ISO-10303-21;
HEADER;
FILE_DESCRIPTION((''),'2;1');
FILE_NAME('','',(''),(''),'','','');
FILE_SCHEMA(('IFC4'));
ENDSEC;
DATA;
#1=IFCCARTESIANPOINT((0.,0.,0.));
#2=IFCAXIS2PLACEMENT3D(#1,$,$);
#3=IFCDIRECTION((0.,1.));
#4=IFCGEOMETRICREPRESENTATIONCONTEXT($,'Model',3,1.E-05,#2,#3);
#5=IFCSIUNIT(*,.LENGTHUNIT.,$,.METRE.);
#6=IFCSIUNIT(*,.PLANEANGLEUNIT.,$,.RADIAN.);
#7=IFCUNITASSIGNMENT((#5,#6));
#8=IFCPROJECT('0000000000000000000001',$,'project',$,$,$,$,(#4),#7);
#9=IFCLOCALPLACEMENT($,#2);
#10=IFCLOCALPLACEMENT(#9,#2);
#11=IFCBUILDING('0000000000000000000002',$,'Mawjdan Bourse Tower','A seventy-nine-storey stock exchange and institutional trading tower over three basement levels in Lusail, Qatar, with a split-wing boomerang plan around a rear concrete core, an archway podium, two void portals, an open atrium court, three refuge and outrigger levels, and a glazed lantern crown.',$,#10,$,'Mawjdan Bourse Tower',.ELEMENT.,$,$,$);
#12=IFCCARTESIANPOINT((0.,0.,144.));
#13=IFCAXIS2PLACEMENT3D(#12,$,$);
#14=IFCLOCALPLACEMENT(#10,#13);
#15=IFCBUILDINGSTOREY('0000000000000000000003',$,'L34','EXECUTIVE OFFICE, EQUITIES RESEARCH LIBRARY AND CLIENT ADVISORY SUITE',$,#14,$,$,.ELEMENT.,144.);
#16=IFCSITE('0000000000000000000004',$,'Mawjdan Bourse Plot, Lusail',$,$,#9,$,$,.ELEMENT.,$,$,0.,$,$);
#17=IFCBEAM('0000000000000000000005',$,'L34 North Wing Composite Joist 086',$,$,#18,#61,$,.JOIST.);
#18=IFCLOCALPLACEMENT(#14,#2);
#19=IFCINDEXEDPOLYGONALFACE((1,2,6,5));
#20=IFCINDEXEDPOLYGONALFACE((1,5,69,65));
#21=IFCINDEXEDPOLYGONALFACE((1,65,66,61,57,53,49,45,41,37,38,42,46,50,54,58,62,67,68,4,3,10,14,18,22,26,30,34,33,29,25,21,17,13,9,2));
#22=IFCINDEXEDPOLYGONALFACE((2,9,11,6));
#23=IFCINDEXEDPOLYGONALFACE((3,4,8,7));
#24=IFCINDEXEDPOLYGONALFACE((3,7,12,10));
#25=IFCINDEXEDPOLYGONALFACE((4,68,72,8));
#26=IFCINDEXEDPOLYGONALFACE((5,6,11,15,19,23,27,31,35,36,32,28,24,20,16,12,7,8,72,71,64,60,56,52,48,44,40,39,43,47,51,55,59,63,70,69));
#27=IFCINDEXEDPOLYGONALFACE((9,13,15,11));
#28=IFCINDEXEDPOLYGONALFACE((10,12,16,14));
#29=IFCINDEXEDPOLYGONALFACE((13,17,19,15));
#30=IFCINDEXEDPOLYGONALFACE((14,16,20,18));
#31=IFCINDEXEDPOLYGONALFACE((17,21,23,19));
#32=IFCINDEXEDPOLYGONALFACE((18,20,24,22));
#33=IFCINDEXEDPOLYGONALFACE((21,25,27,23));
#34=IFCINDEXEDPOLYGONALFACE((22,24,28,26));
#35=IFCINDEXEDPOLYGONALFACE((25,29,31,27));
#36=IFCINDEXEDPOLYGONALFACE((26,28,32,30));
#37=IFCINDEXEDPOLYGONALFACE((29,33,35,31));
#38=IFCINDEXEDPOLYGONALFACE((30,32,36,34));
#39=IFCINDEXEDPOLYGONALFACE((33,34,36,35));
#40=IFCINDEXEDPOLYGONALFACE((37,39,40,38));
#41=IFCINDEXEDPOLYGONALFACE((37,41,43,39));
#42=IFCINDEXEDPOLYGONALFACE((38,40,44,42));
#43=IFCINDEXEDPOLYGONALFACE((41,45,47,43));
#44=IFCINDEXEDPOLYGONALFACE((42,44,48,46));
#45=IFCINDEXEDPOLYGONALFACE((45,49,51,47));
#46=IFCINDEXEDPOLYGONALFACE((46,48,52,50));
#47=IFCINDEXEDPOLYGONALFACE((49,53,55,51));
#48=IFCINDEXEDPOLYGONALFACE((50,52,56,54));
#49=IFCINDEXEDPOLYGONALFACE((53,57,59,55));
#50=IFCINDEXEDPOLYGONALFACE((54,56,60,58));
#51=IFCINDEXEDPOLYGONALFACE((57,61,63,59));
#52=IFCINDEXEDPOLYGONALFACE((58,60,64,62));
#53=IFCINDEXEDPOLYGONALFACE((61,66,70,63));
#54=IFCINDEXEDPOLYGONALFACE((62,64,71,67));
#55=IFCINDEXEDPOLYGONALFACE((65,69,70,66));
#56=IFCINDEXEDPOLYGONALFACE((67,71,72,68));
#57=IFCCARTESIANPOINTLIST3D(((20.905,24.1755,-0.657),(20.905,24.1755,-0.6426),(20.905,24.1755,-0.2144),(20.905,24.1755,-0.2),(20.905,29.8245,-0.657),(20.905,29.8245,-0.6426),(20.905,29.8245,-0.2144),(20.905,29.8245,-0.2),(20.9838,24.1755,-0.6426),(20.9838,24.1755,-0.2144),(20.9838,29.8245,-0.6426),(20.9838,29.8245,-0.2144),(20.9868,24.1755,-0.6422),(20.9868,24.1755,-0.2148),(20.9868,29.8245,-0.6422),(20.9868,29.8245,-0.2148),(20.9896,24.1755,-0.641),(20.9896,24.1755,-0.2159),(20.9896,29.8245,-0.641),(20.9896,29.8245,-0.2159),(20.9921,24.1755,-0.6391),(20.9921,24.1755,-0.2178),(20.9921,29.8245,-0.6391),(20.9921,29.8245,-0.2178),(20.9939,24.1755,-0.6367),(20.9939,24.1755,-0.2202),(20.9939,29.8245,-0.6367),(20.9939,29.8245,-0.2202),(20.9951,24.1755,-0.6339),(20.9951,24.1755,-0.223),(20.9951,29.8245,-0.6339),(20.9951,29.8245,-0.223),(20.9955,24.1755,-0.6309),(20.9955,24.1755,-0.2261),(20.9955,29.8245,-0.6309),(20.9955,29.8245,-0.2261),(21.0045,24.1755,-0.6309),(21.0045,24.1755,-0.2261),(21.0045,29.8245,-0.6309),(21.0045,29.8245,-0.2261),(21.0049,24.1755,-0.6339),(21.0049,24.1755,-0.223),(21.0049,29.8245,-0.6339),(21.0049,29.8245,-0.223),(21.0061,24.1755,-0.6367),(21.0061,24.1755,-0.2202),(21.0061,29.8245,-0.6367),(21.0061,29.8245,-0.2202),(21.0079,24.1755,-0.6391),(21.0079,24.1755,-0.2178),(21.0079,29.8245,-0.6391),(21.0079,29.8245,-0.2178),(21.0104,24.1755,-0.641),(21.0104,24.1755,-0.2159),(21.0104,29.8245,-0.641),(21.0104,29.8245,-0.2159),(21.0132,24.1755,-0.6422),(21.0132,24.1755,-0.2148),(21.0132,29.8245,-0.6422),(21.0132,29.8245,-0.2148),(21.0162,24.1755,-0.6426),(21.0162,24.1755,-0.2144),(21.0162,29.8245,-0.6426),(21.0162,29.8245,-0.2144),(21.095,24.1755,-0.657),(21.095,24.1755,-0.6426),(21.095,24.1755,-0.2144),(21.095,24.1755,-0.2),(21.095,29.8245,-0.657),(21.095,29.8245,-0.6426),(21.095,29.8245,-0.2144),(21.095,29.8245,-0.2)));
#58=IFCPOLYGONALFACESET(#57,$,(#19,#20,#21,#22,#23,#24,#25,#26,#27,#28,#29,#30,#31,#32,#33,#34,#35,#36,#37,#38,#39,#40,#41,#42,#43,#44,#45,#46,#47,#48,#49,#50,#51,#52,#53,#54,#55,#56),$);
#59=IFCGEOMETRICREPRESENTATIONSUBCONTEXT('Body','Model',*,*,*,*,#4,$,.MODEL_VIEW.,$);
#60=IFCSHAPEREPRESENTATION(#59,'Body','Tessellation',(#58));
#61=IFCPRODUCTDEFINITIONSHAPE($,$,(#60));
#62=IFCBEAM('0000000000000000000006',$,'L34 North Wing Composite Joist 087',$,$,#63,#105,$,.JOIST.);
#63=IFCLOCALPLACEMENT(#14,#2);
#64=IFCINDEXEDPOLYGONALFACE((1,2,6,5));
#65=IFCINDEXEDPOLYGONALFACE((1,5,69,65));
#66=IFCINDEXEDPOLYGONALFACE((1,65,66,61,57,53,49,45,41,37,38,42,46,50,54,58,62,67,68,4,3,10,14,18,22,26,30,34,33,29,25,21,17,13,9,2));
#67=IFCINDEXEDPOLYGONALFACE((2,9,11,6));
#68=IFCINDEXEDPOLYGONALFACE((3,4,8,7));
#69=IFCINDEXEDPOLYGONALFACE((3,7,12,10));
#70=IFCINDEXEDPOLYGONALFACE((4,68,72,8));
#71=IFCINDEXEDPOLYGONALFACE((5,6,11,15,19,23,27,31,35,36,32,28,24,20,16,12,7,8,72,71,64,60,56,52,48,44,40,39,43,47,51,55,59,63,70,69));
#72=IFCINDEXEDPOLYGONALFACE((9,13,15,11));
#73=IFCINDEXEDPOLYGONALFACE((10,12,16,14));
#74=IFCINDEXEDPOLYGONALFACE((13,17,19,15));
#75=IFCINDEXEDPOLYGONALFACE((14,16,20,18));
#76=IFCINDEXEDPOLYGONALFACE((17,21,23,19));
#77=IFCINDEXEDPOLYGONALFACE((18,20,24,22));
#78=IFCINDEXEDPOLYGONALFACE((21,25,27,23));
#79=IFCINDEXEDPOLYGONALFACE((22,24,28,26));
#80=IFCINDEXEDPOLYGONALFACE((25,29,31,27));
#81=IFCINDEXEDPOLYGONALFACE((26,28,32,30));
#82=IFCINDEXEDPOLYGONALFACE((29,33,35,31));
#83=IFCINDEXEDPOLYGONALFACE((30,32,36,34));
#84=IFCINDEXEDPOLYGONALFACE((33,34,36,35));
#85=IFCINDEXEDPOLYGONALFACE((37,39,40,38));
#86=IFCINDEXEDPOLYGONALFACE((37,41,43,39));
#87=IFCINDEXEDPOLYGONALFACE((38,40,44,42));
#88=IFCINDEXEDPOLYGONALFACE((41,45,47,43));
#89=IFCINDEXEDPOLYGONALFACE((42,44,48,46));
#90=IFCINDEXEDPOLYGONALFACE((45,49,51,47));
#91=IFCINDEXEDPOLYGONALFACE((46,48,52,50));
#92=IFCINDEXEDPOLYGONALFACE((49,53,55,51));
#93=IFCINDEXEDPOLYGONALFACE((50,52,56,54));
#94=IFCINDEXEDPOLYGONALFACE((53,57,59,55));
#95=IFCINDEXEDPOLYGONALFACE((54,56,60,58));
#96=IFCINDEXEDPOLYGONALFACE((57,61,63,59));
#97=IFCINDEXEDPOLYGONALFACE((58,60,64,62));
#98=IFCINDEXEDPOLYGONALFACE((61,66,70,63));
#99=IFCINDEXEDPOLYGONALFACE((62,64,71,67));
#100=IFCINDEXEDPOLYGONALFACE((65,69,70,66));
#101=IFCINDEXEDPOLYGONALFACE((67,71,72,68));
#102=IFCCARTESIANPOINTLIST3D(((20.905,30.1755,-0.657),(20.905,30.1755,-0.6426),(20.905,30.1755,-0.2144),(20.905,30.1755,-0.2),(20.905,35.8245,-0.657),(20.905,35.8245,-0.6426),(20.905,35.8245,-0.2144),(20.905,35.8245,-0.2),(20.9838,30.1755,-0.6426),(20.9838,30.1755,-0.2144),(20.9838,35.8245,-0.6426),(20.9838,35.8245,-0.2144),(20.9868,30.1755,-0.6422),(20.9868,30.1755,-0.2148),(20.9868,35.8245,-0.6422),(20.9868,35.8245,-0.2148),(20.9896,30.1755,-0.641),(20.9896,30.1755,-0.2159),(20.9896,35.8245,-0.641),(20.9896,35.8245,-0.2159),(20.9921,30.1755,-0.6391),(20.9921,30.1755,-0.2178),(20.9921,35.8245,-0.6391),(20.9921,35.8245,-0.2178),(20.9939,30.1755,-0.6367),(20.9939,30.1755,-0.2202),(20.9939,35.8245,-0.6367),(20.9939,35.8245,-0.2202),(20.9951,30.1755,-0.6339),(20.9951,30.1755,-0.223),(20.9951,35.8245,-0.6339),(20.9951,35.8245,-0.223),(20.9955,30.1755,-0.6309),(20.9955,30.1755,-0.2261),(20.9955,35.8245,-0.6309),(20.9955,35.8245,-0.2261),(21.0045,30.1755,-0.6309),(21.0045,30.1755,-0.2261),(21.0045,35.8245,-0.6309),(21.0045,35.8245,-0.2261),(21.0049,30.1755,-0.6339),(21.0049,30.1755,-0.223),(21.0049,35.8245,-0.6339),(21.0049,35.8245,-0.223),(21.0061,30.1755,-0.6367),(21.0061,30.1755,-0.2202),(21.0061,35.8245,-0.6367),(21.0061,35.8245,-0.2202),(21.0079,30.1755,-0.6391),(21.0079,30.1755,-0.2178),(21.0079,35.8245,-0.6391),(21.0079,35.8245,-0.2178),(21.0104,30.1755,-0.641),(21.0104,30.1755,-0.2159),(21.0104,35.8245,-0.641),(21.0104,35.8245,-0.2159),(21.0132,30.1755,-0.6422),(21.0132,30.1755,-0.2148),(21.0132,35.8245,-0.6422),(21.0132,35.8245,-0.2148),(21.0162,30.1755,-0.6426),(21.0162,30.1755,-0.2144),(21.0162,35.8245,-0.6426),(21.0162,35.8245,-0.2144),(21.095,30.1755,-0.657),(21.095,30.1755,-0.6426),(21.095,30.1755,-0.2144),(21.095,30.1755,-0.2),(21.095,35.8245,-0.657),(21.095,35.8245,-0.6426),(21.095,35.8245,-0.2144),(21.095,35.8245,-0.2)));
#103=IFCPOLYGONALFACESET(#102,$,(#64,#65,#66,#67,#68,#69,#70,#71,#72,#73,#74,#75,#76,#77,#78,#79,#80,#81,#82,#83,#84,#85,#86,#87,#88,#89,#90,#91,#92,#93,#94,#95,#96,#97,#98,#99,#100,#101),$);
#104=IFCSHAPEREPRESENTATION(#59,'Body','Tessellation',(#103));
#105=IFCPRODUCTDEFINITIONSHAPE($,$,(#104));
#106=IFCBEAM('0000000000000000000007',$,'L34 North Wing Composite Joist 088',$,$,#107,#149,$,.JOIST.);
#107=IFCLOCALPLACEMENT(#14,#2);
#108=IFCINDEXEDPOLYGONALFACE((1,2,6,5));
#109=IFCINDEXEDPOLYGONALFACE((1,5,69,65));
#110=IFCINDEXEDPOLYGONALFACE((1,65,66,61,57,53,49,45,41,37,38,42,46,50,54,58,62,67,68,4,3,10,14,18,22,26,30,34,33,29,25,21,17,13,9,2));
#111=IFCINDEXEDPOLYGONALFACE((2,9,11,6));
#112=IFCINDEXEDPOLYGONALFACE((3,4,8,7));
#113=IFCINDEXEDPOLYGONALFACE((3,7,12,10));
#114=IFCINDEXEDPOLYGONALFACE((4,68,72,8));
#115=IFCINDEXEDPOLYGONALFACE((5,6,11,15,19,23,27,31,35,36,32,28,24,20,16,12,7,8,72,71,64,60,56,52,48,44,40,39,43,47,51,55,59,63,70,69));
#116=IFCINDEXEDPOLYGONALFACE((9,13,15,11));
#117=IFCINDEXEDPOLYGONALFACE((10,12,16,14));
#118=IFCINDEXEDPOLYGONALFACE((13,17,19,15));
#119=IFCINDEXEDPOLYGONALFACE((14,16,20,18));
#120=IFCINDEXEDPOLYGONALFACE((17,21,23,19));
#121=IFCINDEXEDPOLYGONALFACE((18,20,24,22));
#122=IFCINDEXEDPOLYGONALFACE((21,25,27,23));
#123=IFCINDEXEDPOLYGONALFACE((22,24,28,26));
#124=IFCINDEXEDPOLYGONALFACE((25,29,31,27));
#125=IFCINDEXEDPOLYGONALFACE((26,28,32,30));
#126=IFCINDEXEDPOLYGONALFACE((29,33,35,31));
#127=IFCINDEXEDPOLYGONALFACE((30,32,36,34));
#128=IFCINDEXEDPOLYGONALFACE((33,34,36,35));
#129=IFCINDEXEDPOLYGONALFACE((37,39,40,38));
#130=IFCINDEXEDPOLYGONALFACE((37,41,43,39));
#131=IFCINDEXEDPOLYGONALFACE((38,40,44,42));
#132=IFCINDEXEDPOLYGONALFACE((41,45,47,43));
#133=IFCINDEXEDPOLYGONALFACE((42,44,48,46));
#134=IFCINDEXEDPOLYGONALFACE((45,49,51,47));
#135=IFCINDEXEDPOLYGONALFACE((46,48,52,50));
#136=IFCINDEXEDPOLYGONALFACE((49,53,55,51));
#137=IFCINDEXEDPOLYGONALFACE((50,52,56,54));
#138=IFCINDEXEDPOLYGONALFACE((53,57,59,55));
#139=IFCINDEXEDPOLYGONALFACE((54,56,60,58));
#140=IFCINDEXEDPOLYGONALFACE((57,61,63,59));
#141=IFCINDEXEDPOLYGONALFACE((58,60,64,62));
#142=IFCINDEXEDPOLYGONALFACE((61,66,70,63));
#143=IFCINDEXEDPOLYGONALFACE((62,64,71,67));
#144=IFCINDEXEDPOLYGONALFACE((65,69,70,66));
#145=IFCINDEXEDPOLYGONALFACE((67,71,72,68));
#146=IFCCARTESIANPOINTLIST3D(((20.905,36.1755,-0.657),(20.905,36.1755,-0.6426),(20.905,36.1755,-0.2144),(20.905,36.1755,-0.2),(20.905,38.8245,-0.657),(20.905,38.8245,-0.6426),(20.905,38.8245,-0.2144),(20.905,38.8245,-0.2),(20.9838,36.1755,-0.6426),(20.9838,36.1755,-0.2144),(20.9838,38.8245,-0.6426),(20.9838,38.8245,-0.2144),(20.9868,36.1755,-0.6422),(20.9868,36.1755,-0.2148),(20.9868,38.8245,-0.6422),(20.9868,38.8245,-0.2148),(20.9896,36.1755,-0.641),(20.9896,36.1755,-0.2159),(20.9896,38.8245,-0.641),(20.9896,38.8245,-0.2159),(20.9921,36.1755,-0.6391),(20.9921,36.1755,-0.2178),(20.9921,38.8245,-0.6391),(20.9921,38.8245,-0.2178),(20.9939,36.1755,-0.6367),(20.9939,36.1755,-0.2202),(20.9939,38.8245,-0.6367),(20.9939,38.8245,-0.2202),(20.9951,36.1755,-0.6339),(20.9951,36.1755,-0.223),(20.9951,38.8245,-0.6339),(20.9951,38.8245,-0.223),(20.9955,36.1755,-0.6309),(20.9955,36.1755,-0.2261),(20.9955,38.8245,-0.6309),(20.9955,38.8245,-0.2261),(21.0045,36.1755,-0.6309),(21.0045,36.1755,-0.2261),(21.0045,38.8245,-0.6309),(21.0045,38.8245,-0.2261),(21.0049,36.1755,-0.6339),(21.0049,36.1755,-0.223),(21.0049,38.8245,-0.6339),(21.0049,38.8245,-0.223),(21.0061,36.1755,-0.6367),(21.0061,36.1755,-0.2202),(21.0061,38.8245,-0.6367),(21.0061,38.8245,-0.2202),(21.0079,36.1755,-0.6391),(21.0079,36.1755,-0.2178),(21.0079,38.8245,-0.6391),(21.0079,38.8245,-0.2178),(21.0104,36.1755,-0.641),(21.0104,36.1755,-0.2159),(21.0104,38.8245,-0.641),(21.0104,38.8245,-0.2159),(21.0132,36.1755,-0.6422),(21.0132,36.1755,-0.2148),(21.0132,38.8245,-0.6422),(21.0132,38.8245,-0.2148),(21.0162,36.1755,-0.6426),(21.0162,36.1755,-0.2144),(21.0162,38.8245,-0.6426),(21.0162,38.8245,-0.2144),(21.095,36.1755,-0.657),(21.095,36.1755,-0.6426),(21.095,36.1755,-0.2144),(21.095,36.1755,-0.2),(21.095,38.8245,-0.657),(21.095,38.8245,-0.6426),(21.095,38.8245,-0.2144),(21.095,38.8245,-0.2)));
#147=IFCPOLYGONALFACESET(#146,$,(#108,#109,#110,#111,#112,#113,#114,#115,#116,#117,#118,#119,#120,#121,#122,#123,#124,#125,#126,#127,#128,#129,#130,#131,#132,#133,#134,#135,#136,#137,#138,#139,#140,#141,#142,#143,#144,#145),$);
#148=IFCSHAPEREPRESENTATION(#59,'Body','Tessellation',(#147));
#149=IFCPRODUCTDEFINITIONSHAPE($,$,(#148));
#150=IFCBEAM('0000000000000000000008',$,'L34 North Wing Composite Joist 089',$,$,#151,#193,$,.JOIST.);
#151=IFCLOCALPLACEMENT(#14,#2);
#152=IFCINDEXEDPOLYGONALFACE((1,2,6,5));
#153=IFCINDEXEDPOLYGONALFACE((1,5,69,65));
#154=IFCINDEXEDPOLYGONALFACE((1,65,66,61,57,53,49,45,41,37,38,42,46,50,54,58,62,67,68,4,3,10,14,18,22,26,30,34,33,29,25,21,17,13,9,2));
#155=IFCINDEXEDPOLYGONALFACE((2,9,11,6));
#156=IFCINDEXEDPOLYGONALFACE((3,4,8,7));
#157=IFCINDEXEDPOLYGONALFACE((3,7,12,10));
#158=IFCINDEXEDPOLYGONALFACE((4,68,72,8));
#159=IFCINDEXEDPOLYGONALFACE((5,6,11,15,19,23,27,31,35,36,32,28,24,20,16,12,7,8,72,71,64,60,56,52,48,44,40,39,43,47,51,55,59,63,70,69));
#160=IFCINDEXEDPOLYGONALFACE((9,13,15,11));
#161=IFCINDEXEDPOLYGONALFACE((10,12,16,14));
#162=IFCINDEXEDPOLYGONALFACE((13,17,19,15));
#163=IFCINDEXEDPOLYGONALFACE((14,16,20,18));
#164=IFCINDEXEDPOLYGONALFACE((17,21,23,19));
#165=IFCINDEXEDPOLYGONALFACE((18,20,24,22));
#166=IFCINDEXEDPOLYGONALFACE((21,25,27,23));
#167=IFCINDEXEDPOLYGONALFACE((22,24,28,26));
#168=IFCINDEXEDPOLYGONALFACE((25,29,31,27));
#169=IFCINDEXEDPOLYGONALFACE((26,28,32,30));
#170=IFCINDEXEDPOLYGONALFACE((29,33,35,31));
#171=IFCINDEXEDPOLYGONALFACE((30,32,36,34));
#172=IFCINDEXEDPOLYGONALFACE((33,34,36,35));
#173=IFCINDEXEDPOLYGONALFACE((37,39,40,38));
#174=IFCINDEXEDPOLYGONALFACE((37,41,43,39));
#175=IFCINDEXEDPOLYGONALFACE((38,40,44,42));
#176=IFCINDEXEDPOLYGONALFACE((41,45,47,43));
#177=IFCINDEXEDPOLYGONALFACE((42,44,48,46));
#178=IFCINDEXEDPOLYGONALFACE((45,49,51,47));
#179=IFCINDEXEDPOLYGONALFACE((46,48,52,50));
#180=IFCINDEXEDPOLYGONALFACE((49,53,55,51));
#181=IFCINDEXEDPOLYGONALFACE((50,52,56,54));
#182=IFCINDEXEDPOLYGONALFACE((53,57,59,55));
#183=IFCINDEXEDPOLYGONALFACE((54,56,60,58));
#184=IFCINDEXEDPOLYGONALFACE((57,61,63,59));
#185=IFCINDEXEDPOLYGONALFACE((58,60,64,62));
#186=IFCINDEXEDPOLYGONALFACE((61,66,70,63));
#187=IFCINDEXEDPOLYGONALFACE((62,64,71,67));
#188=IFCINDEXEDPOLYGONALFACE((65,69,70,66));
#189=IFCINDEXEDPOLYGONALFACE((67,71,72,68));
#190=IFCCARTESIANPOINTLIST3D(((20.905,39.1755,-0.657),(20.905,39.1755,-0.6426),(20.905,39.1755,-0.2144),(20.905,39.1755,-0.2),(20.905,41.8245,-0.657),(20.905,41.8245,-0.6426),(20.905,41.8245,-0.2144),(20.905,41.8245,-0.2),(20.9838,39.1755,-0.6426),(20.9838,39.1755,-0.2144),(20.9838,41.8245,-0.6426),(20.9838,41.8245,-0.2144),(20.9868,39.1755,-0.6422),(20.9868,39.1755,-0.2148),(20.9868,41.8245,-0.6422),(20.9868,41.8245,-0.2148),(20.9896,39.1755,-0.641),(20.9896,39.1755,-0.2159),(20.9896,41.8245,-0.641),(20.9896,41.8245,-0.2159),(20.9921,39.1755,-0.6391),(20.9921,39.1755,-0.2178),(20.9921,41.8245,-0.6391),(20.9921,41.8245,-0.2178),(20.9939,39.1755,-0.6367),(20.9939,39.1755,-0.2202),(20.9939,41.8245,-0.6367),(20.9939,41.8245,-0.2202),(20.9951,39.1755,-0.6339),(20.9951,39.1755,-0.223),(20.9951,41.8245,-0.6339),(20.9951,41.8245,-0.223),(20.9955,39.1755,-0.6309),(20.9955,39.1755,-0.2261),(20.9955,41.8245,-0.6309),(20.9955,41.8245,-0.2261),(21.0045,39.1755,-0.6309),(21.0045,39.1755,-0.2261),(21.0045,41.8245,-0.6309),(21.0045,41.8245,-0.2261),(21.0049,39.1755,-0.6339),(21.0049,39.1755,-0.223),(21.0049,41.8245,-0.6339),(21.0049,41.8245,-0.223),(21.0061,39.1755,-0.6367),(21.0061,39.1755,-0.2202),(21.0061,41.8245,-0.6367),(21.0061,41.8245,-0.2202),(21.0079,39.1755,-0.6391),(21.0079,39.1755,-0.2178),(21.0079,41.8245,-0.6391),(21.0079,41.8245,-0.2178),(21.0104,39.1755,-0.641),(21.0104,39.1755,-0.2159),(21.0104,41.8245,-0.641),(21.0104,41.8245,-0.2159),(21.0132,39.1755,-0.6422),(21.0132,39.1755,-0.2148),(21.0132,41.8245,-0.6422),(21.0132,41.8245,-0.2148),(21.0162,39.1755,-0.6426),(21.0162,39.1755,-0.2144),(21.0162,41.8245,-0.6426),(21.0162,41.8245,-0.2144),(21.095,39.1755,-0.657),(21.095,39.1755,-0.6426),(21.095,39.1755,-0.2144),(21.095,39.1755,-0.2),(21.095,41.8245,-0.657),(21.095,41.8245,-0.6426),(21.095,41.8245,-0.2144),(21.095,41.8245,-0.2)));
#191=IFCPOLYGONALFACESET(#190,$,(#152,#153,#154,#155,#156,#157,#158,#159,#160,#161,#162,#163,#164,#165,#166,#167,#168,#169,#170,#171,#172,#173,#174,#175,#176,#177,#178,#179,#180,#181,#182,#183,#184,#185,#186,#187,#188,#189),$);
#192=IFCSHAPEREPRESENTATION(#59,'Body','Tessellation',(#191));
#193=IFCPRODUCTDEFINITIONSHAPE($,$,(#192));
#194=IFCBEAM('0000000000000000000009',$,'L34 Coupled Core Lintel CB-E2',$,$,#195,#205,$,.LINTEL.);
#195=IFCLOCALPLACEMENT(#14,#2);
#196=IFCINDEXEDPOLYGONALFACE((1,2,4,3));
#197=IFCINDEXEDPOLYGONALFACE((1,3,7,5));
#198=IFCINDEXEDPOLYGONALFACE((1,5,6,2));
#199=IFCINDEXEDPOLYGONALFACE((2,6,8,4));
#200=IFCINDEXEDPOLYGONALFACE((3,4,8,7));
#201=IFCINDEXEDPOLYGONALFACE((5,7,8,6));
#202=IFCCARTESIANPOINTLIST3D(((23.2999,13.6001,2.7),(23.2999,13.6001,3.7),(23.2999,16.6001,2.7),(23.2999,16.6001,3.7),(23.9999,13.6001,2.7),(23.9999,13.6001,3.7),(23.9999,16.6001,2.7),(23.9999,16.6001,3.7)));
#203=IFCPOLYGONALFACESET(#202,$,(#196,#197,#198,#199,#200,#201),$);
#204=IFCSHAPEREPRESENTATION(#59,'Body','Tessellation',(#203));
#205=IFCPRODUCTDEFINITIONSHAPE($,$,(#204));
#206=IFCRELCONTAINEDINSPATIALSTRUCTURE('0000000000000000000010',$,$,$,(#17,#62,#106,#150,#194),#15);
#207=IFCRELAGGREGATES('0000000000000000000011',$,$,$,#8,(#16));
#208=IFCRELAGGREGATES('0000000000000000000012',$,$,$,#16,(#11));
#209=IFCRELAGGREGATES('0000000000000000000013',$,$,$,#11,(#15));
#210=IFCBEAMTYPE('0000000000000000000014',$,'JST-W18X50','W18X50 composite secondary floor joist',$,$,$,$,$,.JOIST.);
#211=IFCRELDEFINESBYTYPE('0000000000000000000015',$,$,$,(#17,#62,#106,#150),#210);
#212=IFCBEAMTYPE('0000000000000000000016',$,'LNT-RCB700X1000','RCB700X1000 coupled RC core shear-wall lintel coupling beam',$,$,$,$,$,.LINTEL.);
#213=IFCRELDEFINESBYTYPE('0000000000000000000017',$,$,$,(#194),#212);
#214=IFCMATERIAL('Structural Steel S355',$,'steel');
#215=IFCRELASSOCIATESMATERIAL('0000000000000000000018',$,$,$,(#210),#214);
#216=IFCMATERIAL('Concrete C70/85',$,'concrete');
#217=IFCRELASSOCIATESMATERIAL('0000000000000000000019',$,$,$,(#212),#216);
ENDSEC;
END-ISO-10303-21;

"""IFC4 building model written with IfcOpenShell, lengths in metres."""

from ifc_helpers import new_model, si_unit, direction, frame, origin, origin_2d, place, context, subcontext, project, spatial, rectangle, i_section, extrude, material, material_profile, profile_set, type_object, element, save


model = new_model("IFC4")

# Units and contexts
model_context = context("Model", 3, precision=1e-05, world=origin(), true_north=direction((0.0, 1.0)))
body_context = subcontext(model_context, "Body", "Model", "MODEL_VIEW")
ifc_project = project(units=[si_unit("LENGTHUNIT", "METRE"), si_unit("PLANEANGLEUNIT", "RADIAN")], contexts=[model_context])

# Site, building, storey
site_placement = place(None, origin())
site = spatial("IfcSite", under=ifc_project, at=site_placement, Name="Mawjdan Bourse Plot, Lusail", CompositionType="ELEMENT", RefElevation=0.0)
building_placement = place(site_placement, origin())
building = spatial("IfcBuilding", under=site, at=building_placement, Name="Mawjdan Bourse Tower", Description="A seventy-nine-storey stock exchange and institutional trading tower over three basement levels in Lusail, Qatar, with a split-wing boomerang plan around a rear concrete core, an archway podium, two void portals, an open atrium court, three refuge and outrigger levels, and a glazed lantern crown.", LongName="Mawjdan Bourse Tower", CompositionType="ELEMENT")
storey_placement = place(building_placement, frame((0.0, 0.0, 144.0)))
storey = spatial("IfcBuildingStorey", under=building, at=storey_placement, Name="L34", Description="EXECUTIVE OFFICE, EQUITIES RESEARCH LIBRARY AND CLIENT ADVISORY SUITE", CompositionType="ELEMENT", Elevation=144.0)

# Shared definitions
ifc_material_1 = material(Name="Concrete C70/85", Category="concrete")

# Beams
ifc_material_2 = material(Name="Structural Steel S355", Category="steel")
ifc_material_profile_1 = material_profile(ifc_material_2, i_section(OverallWidth=0.1899, OverallDepth=0.457, WebThickness=0.009, FlangeThickness=0.0144, FilletRadius=0.0117, at=origin_2d()), Name="W18X50")
ifc_profile_set_1 = profile_set([ifc_material_profile_1], Name="Structural Steel S355")
beam_type_1 = type_object("IfcBeamType", Name="JST-W18X50", Description="W18X50 composite secondary floor joist", PredefinedType="JOIST", material=ifc_profile_set_1)
for number, where, z_axis, x_axis, name in (
    (1, (21.0, 24.1755, -0.4285), (0.0, 1.0, 0.0), (-1.0, 0.0, 0.0), "L34 North Wing Composite Joist 086"),
    (2, (21.0, 30.1755, -0.4285), (0.0, 1.0, 0.0), (-1.0, 0.0, 0.0), "L34 North Wing Composite Joist 087"),
):
    element("IfcBeam", number, at=place(storey_placement, frame(where, z_axis=z_axis, x_axis=x_axis)), inside=storey, type_object=beam_type_1, Name=name, PredefinedType="JOIST", context=body_context, shape_type="SweptSolid", body=[
        extrude(i_section(OverallWidth=0.1899, OverallDepth=0.457, WebThickness=0.009, FlangeThickness=0.0144, FilletRadius=0.0117, at=origin_2d()), origin(), (0.0, 0.0, 1.0), 5.6489),
    ])
for number, where, z_axis, x_axis, name in (
    (3, (21.0, 36.1755, -0.4285), (0.0, 1.0, 0.0), (-1.0, 0.0, 0.0), "L34 North Wing Composite Joist 088"),
    (4, (21.0, 39.1755, -0.4285), (0.0, 1.0, 0.0), (-1.0, 0.0, 0.0), "L34 North Wing Composite Joist 089"),
):
    element("IfcBeam", number, at=place(storey_placement, frame(where, z_axis=z_axis, x_axis=x_axis)), inside=storey, type_object=beam_type_1, Name=name, PredefinedType="JOIST", context=body_context, shape_type="SweptSolid", body=[
        extrude(i_section(OverallWidth=0.1899, OverallDepth=0.457, WebThickness=0.009, FlangeThickness=0.0144, FilletRadius=0.0117, at=origin_2d()), origin(), (0.0, 0.0, 1.0), 2.6489),
    ])
ifc_material_profile_2 = material_profile(ifc_material_1, rectangle(XDim=0.7, YDim=1.0, at=origin_2d()), Name="RCB700X1000")
ifc_profile_set_2 = profile_set([ifc_material_profile_2], Name="Concrete C70/85")
beam_type_2 = type_object("IfcBeamType", Name="LNT-RCB700X1000", Description="RCB700X1000 coupled RC core shear-wall lintel coupling beam", PredefinedType="LINTEL", material=ifc_profile_set_2)
beam_1_placement = place(storey_placement, frame((23.6499, 13.6001, 3.2), z_axis=(0.0, 1.0, 0.0), x_axis=(-1.0, 0.0, 0.0)))
element("IfcBeam", 5, at=beam_1_placement, inside=storey, type_object=beam_type_2, Name="L34 Coupled Core Lintel CB-E2", PredefinedType="LINTEL", context=body_context, shape_type="SweptSolid", body=[
    extrude(rectangle(XDim=0.7, YDim=1.0, at=origin_2d()), origin(), (0.0, 0.0, 1.0), 3.0),
])

save(model, "model.ifc")
